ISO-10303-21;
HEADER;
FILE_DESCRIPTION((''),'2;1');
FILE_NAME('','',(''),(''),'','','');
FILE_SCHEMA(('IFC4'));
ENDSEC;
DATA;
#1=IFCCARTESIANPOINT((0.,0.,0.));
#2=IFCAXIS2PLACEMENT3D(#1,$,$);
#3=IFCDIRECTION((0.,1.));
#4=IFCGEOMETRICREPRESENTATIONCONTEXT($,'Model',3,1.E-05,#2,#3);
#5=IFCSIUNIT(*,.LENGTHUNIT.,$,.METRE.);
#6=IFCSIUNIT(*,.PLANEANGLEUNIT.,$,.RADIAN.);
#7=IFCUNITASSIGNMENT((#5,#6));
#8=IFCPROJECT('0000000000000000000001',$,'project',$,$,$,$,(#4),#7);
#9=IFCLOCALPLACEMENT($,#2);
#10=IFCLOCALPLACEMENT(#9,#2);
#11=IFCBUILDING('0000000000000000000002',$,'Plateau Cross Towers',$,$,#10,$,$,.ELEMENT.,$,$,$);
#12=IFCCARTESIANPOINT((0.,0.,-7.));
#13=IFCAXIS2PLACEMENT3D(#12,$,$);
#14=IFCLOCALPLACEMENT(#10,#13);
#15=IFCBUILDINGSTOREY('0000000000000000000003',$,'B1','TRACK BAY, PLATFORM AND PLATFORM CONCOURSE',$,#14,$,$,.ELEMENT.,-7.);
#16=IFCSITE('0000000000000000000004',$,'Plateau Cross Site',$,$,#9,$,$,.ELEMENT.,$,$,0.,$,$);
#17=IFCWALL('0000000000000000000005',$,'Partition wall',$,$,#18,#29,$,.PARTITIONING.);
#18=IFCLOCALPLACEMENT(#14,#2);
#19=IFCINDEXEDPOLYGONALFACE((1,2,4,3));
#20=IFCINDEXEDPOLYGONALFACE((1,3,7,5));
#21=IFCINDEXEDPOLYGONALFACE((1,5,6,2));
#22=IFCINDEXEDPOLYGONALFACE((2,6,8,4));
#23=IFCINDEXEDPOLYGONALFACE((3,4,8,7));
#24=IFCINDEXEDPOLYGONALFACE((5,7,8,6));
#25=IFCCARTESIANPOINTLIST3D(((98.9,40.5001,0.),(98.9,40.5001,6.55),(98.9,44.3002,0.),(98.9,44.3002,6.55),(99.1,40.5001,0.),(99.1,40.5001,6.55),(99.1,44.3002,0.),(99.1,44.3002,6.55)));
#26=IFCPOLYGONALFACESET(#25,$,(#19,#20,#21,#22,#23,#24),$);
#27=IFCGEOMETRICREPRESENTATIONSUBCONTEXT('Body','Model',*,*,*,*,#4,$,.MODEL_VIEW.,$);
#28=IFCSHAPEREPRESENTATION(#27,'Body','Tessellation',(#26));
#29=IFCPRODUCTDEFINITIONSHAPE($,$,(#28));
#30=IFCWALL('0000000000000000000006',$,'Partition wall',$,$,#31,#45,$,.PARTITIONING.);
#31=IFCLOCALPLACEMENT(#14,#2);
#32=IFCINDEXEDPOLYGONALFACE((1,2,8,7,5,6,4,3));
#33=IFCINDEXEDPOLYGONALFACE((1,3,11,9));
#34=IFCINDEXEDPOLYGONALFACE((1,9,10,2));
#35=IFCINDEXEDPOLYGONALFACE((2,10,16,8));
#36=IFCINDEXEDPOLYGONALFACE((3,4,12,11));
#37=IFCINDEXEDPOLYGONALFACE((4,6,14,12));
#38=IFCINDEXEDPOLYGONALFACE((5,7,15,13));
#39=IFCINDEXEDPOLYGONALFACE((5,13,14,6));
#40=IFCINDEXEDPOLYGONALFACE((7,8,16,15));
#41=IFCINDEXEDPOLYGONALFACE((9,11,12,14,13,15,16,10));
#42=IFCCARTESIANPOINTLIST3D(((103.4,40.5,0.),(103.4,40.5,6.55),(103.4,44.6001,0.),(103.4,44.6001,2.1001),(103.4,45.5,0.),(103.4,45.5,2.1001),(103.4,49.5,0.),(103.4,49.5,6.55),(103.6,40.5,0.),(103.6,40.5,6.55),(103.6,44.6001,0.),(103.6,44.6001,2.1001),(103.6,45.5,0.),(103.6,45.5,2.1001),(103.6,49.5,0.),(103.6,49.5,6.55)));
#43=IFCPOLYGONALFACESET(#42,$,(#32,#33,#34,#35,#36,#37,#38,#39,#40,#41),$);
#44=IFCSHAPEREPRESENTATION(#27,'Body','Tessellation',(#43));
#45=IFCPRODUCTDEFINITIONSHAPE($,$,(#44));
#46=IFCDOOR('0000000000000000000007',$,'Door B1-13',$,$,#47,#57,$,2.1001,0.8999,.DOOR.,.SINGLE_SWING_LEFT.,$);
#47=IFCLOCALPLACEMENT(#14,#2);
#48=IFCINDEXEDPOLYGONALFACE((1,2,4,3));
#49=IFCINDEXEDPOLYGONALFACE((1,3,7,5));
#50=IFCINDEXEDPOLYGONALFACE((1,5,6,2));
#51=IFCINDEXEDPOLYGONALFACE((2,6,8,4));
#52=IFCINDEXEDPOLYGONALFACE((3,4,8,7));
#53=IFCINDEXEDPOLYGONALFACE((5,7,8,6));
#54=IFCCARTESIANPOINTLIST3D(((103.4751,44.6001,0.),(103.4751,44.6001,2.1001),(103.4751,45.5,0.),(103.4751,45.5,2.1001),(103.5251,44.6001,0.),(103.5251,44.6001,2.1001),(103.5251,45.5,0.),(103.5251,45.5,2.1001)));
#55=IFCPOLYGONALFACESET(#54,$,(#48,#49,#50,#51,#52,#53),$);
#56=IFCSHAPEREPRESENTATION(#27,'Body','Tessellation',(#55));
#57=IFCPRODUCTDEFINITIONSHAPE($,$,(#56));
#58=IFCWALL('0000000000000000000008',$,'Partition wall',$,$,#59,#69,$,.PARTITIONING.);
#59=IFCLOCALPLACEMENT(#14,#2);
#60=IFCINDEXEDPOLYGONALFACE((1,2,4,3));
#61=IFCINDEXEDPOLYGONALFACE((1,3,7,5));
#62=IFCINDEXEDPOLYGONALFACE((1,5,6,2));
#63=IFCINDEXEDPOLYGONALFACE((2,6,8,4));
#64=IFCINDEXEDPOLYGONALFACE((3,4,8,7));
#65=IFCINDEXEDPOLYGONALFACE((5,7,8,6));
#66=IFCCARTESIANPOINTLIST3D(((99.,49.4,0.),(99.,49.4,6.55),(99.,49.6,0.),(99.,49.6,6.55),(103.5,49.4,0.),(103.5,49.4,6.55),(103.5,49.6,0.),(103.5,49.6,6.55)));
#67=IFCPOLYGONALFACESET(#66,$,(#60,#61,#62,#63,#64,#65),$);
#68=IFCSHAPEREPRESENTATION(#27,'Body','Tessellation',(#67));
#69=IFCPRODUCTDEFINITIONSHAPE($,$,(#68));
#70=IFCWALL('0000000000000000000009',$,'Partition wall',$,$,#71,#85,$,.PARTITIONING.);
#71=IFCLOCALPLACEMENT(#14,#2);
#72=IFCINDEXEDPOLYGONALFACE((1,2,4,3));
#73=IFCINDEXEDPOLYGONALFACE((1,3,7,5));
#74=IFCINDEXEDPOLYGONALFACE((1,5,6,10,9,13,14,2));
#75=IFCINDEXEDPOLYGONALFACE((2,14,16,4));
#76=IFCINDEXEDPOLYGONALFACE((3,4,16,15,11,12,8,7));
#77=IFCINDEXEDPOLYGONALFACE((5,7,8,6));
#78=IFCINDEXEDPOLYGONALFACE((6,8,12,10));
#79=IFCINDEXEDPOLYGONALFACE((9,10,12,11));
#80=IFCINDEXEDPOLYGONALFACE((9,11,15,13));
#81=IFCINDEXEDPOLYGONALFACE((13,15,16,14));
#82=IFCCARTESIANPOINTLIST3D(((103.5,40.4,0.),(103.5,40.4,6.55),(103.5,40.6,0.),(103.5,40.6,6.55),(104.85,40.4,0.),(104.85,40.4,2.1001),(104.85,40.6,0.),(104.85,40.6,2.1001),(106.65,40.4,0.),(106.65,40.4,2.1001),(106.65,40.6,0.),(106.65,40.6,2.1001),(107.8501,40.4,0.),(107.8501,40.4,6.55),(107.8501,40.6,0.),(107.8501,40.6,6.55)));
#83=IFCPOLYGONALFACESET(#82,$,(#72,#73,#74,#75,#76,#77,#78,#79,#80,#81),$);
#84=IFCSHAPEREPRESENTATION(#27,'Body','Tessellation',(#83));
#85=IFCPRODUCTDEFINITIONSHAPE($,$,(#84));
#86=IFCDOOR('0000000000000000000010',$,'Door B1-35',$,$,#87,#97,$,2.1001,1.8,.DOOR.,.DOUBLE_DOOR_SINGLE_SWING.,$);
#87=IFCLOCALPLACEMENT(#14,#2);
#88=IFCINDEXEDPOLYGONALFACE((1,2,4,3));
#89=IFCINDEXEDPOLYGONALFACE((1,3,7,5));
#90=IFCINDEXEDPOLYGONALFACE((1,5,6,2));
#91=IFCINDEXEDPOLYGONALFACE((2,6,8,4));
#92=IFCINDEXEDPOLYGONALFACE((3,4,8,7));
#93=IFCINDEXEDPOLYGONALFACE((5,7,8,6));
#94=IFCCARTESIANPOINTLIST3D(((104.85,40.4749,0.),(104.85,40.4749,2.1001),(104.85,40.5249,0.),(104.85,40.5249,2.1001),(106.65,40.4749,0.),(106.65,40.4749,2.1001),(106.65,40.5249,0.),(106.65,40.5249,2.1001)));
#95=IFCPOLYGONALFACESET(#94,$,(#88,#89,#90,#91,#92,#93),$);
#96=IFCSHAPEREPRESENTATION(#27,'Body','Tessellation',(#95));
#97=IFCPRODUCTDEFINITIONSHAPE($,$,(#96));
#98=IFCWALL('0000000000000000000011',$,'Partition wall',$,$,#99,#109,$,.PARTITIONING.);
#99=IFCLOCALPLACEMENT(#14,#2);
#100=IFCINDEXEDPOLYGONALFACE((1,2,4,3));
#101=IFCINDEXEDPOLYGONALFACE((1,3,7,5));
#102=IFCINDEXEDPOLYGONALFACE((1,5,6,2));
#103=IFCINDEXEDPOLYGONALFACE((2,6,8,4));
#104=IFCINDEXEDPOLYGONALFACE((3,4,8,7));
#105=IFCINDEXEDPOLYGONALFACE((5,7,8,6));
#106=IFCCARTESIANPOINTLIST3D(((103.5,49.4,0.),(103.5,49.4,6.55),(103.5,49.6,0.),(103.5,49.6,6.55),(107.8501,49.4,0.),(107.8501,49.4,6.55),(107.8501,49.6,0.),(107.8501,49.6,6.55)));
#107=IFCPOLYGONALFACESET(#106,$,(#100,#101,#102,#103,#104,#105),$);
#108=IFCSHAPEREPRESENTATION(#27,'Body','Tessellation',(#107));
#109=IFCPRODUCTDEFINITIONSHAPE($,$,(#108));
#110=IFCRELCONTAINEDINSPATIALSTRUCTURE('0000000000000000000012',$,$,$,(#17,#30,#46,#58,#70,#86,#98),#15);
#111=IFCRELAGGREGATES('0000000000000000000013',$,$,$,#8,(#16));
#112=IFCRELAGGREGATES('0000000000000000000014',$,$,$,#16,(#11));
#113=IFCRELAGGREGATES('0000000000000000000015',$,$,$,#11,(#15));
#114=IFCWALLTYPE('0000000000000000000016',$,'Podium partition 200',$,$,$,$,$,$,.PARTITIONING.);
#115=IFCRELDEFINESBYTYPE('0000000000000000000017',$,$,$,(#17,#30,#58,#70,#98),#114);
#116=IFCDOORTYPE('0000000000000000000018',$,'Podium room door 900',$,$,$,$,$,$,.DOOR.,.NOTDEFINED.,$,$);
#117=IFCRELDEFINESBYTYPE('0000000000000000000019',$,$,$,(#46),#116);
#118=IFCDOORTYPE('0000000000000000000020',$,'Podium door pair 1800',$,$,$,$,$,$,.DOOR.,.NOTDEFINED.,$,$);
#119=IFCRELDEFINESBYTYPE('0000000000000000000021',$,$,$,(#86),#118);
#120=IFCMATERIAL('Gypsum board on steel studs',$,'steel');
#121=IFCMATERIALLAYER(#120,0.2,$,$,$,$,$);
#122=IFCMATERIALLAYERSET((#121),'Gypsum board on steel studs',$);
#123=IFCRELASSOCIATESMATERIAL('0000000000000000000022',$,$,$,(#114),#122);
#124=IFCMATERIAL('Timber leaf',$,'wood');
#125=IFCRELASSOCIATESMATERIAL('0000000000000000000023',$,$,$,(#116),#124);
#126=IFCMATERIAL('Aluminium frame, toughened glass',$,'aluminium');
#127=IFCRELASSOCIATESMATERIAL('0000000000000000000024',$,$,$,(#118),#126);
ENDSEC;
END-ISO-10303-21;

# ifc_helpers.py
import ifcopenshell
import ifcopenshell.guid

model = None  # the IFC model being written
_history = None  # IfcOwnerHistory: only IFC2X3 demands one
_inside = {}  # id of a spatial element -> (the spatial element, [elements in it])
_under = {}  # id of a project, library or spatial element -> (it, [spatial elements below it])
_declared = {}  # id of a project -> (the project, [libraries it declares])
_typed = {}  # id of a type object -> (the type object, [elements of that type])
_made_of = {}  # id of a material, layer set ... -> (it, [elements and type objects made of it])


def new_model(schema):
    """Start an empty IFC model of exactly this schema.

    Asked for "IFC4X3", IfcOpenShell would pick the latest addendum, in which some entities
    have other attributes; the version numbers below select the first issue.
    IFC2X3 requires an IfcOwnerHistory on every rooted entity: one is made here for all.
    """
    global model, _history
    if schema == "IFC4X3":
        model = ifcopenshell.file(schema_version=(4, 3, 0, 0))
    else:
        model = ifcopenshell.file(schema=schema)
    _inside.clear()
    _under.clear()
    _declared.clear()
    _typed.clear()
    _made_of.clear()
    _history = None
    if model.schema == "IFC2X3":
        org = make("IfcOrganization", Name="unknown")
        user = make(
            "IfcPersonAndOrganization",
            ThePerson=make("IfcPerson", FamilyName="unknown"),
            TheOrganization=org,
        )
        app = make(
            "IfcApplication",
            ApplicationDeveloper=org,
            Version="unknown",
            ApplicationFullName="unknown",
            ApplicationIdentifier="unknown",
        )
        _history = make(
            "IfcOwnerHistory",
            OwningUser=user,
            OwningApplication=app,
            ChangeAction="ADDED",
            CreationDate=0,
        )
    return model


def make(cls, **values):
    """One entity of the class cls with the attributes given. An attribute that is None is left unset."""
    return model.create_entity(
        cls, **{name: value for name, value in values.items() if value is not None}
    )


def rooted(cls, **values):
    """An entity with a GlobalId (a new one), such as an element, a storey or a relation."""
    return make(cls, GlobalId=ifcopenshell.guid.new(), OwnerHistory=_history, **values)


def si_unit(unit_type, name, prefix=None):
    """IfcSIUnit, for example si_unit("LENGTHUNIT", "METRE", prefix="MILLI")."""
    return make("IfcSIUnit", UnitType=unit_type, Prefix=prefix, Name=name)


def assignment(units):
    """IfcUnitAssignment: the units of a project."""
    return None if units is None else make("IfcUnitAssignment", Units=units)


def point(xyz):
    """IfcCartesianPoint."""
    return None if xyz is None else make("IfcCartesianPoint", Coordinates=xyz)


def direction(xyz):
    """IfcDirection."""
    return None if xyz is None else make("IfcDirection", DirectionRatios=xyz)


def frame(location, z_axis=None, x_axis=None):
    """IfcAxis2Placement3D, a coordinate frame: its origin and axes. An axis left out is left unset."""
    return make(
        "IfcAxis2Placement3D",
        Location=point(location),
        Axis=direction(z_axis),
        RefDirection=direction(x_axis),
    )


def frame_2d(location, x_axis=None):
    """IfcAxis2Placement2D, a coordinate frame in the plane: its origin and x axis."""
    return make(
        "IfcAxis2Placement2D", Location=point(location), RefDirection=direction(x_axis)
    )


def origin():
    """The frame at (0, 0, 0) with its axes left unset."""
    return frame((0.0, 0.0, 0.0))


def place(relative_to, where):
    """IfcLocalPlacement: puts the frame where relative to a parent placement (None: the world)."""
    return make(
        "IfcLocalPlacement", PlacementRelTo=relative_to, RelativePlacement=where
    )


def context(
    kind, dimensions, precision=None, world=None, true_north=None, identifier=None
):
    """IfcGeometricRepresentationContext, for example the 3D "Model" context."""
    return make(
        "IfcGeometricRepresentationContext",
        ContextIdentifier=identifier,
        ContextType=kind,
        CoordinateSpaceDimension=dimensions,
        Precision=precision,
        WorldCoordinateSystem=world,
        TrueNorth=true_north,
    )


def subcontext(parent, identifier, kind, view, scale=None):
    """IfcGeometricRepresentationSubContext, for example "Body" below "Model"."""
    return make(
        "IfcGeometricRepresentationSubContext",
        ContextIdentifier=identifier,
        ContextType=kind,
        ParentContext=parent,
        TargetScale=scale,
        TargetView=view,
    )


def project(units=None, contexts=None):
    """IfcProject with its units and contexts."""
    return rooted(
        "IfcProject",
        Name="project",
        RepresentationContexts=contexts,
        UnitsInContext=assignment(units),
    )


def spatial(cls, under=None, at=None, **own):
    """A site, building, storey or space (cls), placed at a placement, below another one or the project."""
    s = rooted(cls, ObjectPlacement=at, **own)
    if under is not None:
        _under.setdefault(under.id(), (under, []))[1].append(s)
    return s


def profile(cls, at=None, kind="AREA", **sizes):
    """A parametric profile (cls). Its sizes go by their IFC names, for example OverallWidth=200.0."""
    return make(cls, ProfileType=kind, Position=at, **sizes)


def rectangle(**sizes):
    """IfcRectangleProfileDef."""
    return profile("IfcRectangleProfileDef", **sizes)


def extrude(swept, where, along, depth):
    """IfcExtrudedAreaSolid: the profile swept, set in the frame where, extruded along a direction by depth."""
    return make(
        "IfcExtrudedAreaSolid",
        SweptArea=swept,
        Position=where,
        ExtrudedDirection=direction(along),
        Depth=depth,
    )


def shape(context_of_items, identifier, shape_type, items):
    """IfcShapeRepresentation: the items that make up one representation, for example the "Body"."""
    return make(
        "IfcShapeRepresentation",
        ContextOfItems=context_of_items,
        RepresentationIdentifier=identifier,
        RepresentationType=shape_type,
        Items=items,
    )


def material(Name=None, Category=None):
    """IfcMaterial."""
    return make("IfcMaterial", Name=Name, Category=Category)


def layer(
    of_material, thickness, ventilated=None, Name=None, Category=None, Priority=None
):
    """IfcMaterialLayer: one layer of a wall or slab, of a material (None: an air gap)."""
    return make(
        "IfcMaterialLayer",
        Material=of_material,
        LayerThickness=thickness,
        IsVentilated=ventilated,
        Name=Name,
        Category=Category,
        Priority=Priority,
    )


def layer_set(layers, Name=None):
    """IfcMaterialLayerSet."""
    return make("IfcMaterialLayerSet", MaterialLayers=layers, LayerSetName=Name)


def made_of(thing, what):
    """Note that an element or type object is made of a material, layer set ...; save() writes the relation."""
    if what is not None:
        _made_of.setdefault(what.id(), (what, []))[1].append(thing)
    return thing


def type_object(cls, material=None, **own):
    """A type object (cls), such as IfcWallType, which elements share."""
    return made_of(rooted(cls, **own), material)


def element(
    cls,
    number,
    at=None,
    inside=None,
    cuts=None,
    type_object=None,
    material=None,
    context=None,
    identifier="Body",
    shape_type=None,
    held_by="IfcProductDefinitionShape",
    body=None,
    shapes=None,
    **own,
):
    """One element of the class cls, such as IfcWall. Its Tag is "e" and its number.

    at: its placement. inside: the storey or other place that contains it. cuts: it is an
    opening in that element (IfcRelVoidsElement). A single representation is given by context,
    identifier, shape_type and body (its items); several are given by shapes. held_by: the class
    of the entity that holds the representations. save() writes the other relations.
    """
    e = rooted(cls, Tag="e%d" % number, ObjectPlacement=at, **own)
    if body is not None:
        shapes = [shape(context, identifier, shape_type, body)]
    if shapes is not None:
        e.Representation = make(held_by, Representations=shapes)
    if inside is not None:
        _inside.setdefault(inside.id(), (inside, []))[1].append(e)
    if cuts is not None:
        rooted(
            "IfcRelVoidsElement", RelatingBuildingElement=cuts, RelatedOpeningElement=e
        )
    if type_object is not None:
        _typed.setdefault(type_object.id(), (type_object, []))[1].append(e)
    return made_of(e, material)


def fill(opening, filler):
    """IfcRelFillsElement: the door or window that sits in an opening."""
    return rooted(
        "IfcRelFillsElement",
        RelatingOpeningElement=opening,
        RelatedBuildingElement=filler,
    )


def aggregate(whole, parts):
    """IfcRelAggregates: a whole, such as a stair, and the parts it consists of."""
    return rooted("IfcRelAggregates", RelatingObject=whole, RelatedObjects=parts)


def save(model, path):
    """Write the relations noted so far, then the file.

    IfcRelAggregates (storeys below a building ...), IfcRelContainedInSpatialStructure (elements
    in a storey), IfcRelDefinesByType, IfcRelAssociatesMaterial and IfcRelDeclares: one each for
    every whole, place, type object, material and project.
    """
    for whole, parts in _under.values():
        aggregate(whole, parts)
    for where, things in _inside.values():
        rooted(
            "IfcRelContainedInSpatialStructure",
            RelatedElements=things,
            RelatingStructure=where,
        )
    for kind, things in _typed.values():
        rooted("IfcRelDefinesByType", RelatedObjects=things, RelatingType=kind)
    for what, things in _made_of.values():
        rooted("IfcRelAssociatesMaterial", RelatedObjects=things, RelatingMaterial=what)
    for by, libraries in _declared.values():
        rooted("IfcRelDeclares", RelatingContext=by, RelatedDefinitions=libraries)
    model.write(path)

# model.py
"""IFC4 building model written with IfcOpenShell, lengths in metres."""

from ifc_helpers import new_model, si_unit, direction, frame, frame_2d, origin, place, context, subcontext, project, spatial, rectangle, extrude, material, layer, layer_set, type_object, element, fill, save


model = new_model("IFC4")

# Units and contexts
model_context = context("Model", 3, precision=1e-05, world=origin(), true_north=direction((0.0, 1.0)))
body_context = subcontext(model_context, "Body", "Model", "MODEL_VIEW")
ifc_project = project(units=[si_unit("LENGTHUNIT", "METRE"), si_unit("PLANEANGLEUNIT", "RADIAN")], contexts=[model_context])

# Site, building, storey
site_placement = place(None, origin())
site = spatial("IfcSite", under=ifc_project, at=site_placement, Name="Plateau Cross Site", CompositionType="ELEMENT", RefElevation=0.0)
building_placement = place(site_placement, origin())
building = spatial("IfcBuilding", under=site, at=building_placement, Name="Plateau Cross Towers", CompositionType="ELEMENT")
storey_placement = place(building_placement, frame((0.0, 0.0, -7.0)))
storey = spatial("IfcBuildingStorey", under=building, at=storey_placement, Name="B1", Description="TRACK BAY, PLATFORM AND PLATFORM CONCOURSE", CompositionType="ELEMENT", Elevation=-7.0)

# Wall
ifc_material_1 = material(Name="Gypsum board on steel studs", Category="steel")
ifc_layer_1 = layer(ifc_material_1, 0.2)
ifc_layer_set_1 = layer_set([ifc_layer_1], Name="Gypsum board on steel studs")
wall_type_1 = type_object("IfcWallType", Name="Podium partition 200", PredefinedType="PARTITIONING", material=ifc_layer_set_1)
wall_1_placement = place(storey_placement, frame((99.0, 44.3, 0.0), z_axis=(0.0, 0.0, 1.0), x_axis=(0.0, -1.0, 0.0)))
element("IfcWall", 1, at=wall_1_placement, inside=storey, type_object=wall_type_1, Name="Partition wall", PredefinedType="PARTITIONING", context=body_context, shape_type="SweptSolid", body=[
    extrude(rectangle(XDim=3.8, YDim=0.2, at=frame_2d((1.8999, 0.0))), origin(), (0.0, 0.0, 1.0), 6.55),
])

# Wall, opening, door
wall_2_placement = place(storey_placement, frame((103.5, 40.5, 0.0), z_axis=(0.0, 0.0, 1.0), x_axis=(0.0, 1.0, 0.0)))
wall_2 = element("IfcWall", 2, at=wall_2_placement, inside=storey, type_object=wall_type_1, Name="Partition wall", PredefinedType="PARTITIONING", context=body_context, shape_type="SweptSolid", body=[
    extrude(rectangle(XDim=9.0, YDim=0.2, at=frame_2d((4.5, 0.0))), origin(), (0.0, 0.0, 1.0), 6.55),
])
opening_1_placement = place(wall_2_placement, frame((4.1001, 0.0, 0.0)))
opening_1 = element("IfcOpeningElement", 3, at=opening_1_placement, cuts=wall_2, PredefinedType="OPENING", context=body_context, shape_type="SweptSolid", body=[
    extrude(rectangle(XDim=0.8999, YDim=2.1001, at=frame_2d((0.45, 1.05))), frame((0.0, 0.1099, 0.0), z_axis=(0.0, -1.0, 0.0), x_axis=(1.0, 0.0, 0.0)), (0.0, 0.0, 1.0), 0.22),
])
ifc_material_2 = material(Name="Timber leaf", Category="wood")
door_type_1 = type_object("IfcDoorType", Name="Podium room door 900", OperationType="NOTDEFINED", PredefinedType="DOOR", material=ifc_material_2)
door_1_placement = place(opening_1_placement, origin())
door_1 = element("IfcDoor", 4, at=door_1_placement, inside=storey, type_object=door_type_1, Name="Door B1-13", OperationType="SINGLE_SWING_LEFT", OverallHeight=2.1001, OverallWidth=0.8999, PredefinedType="DOOR", context=body_context, shape_type="SweptSolid", body=[
    extrude(rectangle(XDim=0.8999, YDim=2.1001, at=frame_2d((0.45, 1.05))), frame((0.0, 0.0249, 0.0), z_axis=(0.0, -1.0, 0.0), x_axis=(1.0, 0.0, 0.0)), (0.0, 0.0, 1.0), 0.05),
])
fill(opening_1, door_1)

# Wall
wall_3_placement = place(storey_placement, frame((103.5, 49.5, 0.0), z_axis=(0.0, 0.0, 1.0), x_axis=(-1.0, 0.0, 0.0)))
element("IfcWall", 5, at=wall_3_placement, inside=storey, type_object=wall_type_1, Name="Partition wall", PredefinedType="PARTITIONING", context=body_context, shape_type="SweptSolid", body=[
    extrude(rectangle(XDim=4.5, YDim=0.2, at=frame_2d((2.25, 0.0))), origin(), (0.0, 0.0, 1.0), 6.55),
])

# Wall, opening, door
wall_4_placement = place(storey_placement, frame((103.5, 40.5, 0.0), z_axis=(0.0, 0.0, 1.0), x_axis=(1.0, 0.0, 0.0)))
wall_4 = element("IfcWall", 6, at=wall_4_placement, inside=storey, type_object=wall_type_1, Name="Partition wall", PredefinedType="PARTITIONING", context=body_context, shape_type="SweptSolid", body=[
    extrude(rectangle(XDim=4.3501, YDim=0.2, at=frame_2d((2.175, 0.0))), origin(), (0.0, 0.0, 1.0), 6.55),
])
opening_2_placement = place(wall_4_placement, frame((1.3501, 0.0, 0.0)))
opening_2 = element("IfcOpeningElement", 7, at=opening_2_placement, cuts=wall_4, PredefinedType="OPENING", context=body_context, shape_type="SweptSolid", body=[
    extrude(rectangle(XDim=1.8, YDim=2.1001, at=frame_2d((0.8999, 1.05))), frame((0.0, 0.1099, 0.0), z_axis=(0.0, -1.0, 0.0), x_axis=(1.0, 0.0, 0.0)), (0.0, 0.0, 1.0), 0.22),
])
ifc_material_3 = material(Name="Aluminium frame, toughened glass", Category="aluminium")
door_type_2 = type_object("IfcDoorType", Name="Podium door pair 1800", OperationType="NOTDEFINED", PredefinedType="DOOR", material=ifc_material_3)
door_2_placement = place(opening_2_placement, origin())
door_2 = element("IfcDoor", 8, at=door_2_placement, inside=storey, type_object=door_type_2, Name="Door B1-35", OperationType="DOUBLE_DOOR_SINGLE_SWING", OverallHeight=2.1001, OverallWidth=1.8, PredefinedType="DOOR", context=body_context, shape_type="SweptSolid", body=[
    extrude(rectangle(XDim=1.8, YDim=2.1001, at=frame_2d((0.8999, 1.05))), frame((0.0, 0.0249, 0.0), z_axis=(0.0, -1.0, 0.0), x_axis=(1.0, 0.0, 0.0)), (0.0, 0.0, 1.0), 0.05),
])
fill(opening_2, door_2)

# Wall
wall_5_placement = place(storey_placement, frame((103.5, 49.5, 0.0), z_axis=(0.0, 0.0, 1.0), x_axis=(1.0, 0.0, 0.0)))
element("IfcWall", 9, at=wall_5_placement, inside=storey, type_object=wall_type_1, Name="Partition wall", PredefinedType="PARTITIONING", context=body_context, shape_type="SweptSolid", body=[
    extrude(rectangle(XDim=4.3501, YDim=0.2, at=frame_2d((2.175, 0.0))), origin(), (0.0, 0.0, 1.0), 6.55),
])

save(model, "model.ifc")
